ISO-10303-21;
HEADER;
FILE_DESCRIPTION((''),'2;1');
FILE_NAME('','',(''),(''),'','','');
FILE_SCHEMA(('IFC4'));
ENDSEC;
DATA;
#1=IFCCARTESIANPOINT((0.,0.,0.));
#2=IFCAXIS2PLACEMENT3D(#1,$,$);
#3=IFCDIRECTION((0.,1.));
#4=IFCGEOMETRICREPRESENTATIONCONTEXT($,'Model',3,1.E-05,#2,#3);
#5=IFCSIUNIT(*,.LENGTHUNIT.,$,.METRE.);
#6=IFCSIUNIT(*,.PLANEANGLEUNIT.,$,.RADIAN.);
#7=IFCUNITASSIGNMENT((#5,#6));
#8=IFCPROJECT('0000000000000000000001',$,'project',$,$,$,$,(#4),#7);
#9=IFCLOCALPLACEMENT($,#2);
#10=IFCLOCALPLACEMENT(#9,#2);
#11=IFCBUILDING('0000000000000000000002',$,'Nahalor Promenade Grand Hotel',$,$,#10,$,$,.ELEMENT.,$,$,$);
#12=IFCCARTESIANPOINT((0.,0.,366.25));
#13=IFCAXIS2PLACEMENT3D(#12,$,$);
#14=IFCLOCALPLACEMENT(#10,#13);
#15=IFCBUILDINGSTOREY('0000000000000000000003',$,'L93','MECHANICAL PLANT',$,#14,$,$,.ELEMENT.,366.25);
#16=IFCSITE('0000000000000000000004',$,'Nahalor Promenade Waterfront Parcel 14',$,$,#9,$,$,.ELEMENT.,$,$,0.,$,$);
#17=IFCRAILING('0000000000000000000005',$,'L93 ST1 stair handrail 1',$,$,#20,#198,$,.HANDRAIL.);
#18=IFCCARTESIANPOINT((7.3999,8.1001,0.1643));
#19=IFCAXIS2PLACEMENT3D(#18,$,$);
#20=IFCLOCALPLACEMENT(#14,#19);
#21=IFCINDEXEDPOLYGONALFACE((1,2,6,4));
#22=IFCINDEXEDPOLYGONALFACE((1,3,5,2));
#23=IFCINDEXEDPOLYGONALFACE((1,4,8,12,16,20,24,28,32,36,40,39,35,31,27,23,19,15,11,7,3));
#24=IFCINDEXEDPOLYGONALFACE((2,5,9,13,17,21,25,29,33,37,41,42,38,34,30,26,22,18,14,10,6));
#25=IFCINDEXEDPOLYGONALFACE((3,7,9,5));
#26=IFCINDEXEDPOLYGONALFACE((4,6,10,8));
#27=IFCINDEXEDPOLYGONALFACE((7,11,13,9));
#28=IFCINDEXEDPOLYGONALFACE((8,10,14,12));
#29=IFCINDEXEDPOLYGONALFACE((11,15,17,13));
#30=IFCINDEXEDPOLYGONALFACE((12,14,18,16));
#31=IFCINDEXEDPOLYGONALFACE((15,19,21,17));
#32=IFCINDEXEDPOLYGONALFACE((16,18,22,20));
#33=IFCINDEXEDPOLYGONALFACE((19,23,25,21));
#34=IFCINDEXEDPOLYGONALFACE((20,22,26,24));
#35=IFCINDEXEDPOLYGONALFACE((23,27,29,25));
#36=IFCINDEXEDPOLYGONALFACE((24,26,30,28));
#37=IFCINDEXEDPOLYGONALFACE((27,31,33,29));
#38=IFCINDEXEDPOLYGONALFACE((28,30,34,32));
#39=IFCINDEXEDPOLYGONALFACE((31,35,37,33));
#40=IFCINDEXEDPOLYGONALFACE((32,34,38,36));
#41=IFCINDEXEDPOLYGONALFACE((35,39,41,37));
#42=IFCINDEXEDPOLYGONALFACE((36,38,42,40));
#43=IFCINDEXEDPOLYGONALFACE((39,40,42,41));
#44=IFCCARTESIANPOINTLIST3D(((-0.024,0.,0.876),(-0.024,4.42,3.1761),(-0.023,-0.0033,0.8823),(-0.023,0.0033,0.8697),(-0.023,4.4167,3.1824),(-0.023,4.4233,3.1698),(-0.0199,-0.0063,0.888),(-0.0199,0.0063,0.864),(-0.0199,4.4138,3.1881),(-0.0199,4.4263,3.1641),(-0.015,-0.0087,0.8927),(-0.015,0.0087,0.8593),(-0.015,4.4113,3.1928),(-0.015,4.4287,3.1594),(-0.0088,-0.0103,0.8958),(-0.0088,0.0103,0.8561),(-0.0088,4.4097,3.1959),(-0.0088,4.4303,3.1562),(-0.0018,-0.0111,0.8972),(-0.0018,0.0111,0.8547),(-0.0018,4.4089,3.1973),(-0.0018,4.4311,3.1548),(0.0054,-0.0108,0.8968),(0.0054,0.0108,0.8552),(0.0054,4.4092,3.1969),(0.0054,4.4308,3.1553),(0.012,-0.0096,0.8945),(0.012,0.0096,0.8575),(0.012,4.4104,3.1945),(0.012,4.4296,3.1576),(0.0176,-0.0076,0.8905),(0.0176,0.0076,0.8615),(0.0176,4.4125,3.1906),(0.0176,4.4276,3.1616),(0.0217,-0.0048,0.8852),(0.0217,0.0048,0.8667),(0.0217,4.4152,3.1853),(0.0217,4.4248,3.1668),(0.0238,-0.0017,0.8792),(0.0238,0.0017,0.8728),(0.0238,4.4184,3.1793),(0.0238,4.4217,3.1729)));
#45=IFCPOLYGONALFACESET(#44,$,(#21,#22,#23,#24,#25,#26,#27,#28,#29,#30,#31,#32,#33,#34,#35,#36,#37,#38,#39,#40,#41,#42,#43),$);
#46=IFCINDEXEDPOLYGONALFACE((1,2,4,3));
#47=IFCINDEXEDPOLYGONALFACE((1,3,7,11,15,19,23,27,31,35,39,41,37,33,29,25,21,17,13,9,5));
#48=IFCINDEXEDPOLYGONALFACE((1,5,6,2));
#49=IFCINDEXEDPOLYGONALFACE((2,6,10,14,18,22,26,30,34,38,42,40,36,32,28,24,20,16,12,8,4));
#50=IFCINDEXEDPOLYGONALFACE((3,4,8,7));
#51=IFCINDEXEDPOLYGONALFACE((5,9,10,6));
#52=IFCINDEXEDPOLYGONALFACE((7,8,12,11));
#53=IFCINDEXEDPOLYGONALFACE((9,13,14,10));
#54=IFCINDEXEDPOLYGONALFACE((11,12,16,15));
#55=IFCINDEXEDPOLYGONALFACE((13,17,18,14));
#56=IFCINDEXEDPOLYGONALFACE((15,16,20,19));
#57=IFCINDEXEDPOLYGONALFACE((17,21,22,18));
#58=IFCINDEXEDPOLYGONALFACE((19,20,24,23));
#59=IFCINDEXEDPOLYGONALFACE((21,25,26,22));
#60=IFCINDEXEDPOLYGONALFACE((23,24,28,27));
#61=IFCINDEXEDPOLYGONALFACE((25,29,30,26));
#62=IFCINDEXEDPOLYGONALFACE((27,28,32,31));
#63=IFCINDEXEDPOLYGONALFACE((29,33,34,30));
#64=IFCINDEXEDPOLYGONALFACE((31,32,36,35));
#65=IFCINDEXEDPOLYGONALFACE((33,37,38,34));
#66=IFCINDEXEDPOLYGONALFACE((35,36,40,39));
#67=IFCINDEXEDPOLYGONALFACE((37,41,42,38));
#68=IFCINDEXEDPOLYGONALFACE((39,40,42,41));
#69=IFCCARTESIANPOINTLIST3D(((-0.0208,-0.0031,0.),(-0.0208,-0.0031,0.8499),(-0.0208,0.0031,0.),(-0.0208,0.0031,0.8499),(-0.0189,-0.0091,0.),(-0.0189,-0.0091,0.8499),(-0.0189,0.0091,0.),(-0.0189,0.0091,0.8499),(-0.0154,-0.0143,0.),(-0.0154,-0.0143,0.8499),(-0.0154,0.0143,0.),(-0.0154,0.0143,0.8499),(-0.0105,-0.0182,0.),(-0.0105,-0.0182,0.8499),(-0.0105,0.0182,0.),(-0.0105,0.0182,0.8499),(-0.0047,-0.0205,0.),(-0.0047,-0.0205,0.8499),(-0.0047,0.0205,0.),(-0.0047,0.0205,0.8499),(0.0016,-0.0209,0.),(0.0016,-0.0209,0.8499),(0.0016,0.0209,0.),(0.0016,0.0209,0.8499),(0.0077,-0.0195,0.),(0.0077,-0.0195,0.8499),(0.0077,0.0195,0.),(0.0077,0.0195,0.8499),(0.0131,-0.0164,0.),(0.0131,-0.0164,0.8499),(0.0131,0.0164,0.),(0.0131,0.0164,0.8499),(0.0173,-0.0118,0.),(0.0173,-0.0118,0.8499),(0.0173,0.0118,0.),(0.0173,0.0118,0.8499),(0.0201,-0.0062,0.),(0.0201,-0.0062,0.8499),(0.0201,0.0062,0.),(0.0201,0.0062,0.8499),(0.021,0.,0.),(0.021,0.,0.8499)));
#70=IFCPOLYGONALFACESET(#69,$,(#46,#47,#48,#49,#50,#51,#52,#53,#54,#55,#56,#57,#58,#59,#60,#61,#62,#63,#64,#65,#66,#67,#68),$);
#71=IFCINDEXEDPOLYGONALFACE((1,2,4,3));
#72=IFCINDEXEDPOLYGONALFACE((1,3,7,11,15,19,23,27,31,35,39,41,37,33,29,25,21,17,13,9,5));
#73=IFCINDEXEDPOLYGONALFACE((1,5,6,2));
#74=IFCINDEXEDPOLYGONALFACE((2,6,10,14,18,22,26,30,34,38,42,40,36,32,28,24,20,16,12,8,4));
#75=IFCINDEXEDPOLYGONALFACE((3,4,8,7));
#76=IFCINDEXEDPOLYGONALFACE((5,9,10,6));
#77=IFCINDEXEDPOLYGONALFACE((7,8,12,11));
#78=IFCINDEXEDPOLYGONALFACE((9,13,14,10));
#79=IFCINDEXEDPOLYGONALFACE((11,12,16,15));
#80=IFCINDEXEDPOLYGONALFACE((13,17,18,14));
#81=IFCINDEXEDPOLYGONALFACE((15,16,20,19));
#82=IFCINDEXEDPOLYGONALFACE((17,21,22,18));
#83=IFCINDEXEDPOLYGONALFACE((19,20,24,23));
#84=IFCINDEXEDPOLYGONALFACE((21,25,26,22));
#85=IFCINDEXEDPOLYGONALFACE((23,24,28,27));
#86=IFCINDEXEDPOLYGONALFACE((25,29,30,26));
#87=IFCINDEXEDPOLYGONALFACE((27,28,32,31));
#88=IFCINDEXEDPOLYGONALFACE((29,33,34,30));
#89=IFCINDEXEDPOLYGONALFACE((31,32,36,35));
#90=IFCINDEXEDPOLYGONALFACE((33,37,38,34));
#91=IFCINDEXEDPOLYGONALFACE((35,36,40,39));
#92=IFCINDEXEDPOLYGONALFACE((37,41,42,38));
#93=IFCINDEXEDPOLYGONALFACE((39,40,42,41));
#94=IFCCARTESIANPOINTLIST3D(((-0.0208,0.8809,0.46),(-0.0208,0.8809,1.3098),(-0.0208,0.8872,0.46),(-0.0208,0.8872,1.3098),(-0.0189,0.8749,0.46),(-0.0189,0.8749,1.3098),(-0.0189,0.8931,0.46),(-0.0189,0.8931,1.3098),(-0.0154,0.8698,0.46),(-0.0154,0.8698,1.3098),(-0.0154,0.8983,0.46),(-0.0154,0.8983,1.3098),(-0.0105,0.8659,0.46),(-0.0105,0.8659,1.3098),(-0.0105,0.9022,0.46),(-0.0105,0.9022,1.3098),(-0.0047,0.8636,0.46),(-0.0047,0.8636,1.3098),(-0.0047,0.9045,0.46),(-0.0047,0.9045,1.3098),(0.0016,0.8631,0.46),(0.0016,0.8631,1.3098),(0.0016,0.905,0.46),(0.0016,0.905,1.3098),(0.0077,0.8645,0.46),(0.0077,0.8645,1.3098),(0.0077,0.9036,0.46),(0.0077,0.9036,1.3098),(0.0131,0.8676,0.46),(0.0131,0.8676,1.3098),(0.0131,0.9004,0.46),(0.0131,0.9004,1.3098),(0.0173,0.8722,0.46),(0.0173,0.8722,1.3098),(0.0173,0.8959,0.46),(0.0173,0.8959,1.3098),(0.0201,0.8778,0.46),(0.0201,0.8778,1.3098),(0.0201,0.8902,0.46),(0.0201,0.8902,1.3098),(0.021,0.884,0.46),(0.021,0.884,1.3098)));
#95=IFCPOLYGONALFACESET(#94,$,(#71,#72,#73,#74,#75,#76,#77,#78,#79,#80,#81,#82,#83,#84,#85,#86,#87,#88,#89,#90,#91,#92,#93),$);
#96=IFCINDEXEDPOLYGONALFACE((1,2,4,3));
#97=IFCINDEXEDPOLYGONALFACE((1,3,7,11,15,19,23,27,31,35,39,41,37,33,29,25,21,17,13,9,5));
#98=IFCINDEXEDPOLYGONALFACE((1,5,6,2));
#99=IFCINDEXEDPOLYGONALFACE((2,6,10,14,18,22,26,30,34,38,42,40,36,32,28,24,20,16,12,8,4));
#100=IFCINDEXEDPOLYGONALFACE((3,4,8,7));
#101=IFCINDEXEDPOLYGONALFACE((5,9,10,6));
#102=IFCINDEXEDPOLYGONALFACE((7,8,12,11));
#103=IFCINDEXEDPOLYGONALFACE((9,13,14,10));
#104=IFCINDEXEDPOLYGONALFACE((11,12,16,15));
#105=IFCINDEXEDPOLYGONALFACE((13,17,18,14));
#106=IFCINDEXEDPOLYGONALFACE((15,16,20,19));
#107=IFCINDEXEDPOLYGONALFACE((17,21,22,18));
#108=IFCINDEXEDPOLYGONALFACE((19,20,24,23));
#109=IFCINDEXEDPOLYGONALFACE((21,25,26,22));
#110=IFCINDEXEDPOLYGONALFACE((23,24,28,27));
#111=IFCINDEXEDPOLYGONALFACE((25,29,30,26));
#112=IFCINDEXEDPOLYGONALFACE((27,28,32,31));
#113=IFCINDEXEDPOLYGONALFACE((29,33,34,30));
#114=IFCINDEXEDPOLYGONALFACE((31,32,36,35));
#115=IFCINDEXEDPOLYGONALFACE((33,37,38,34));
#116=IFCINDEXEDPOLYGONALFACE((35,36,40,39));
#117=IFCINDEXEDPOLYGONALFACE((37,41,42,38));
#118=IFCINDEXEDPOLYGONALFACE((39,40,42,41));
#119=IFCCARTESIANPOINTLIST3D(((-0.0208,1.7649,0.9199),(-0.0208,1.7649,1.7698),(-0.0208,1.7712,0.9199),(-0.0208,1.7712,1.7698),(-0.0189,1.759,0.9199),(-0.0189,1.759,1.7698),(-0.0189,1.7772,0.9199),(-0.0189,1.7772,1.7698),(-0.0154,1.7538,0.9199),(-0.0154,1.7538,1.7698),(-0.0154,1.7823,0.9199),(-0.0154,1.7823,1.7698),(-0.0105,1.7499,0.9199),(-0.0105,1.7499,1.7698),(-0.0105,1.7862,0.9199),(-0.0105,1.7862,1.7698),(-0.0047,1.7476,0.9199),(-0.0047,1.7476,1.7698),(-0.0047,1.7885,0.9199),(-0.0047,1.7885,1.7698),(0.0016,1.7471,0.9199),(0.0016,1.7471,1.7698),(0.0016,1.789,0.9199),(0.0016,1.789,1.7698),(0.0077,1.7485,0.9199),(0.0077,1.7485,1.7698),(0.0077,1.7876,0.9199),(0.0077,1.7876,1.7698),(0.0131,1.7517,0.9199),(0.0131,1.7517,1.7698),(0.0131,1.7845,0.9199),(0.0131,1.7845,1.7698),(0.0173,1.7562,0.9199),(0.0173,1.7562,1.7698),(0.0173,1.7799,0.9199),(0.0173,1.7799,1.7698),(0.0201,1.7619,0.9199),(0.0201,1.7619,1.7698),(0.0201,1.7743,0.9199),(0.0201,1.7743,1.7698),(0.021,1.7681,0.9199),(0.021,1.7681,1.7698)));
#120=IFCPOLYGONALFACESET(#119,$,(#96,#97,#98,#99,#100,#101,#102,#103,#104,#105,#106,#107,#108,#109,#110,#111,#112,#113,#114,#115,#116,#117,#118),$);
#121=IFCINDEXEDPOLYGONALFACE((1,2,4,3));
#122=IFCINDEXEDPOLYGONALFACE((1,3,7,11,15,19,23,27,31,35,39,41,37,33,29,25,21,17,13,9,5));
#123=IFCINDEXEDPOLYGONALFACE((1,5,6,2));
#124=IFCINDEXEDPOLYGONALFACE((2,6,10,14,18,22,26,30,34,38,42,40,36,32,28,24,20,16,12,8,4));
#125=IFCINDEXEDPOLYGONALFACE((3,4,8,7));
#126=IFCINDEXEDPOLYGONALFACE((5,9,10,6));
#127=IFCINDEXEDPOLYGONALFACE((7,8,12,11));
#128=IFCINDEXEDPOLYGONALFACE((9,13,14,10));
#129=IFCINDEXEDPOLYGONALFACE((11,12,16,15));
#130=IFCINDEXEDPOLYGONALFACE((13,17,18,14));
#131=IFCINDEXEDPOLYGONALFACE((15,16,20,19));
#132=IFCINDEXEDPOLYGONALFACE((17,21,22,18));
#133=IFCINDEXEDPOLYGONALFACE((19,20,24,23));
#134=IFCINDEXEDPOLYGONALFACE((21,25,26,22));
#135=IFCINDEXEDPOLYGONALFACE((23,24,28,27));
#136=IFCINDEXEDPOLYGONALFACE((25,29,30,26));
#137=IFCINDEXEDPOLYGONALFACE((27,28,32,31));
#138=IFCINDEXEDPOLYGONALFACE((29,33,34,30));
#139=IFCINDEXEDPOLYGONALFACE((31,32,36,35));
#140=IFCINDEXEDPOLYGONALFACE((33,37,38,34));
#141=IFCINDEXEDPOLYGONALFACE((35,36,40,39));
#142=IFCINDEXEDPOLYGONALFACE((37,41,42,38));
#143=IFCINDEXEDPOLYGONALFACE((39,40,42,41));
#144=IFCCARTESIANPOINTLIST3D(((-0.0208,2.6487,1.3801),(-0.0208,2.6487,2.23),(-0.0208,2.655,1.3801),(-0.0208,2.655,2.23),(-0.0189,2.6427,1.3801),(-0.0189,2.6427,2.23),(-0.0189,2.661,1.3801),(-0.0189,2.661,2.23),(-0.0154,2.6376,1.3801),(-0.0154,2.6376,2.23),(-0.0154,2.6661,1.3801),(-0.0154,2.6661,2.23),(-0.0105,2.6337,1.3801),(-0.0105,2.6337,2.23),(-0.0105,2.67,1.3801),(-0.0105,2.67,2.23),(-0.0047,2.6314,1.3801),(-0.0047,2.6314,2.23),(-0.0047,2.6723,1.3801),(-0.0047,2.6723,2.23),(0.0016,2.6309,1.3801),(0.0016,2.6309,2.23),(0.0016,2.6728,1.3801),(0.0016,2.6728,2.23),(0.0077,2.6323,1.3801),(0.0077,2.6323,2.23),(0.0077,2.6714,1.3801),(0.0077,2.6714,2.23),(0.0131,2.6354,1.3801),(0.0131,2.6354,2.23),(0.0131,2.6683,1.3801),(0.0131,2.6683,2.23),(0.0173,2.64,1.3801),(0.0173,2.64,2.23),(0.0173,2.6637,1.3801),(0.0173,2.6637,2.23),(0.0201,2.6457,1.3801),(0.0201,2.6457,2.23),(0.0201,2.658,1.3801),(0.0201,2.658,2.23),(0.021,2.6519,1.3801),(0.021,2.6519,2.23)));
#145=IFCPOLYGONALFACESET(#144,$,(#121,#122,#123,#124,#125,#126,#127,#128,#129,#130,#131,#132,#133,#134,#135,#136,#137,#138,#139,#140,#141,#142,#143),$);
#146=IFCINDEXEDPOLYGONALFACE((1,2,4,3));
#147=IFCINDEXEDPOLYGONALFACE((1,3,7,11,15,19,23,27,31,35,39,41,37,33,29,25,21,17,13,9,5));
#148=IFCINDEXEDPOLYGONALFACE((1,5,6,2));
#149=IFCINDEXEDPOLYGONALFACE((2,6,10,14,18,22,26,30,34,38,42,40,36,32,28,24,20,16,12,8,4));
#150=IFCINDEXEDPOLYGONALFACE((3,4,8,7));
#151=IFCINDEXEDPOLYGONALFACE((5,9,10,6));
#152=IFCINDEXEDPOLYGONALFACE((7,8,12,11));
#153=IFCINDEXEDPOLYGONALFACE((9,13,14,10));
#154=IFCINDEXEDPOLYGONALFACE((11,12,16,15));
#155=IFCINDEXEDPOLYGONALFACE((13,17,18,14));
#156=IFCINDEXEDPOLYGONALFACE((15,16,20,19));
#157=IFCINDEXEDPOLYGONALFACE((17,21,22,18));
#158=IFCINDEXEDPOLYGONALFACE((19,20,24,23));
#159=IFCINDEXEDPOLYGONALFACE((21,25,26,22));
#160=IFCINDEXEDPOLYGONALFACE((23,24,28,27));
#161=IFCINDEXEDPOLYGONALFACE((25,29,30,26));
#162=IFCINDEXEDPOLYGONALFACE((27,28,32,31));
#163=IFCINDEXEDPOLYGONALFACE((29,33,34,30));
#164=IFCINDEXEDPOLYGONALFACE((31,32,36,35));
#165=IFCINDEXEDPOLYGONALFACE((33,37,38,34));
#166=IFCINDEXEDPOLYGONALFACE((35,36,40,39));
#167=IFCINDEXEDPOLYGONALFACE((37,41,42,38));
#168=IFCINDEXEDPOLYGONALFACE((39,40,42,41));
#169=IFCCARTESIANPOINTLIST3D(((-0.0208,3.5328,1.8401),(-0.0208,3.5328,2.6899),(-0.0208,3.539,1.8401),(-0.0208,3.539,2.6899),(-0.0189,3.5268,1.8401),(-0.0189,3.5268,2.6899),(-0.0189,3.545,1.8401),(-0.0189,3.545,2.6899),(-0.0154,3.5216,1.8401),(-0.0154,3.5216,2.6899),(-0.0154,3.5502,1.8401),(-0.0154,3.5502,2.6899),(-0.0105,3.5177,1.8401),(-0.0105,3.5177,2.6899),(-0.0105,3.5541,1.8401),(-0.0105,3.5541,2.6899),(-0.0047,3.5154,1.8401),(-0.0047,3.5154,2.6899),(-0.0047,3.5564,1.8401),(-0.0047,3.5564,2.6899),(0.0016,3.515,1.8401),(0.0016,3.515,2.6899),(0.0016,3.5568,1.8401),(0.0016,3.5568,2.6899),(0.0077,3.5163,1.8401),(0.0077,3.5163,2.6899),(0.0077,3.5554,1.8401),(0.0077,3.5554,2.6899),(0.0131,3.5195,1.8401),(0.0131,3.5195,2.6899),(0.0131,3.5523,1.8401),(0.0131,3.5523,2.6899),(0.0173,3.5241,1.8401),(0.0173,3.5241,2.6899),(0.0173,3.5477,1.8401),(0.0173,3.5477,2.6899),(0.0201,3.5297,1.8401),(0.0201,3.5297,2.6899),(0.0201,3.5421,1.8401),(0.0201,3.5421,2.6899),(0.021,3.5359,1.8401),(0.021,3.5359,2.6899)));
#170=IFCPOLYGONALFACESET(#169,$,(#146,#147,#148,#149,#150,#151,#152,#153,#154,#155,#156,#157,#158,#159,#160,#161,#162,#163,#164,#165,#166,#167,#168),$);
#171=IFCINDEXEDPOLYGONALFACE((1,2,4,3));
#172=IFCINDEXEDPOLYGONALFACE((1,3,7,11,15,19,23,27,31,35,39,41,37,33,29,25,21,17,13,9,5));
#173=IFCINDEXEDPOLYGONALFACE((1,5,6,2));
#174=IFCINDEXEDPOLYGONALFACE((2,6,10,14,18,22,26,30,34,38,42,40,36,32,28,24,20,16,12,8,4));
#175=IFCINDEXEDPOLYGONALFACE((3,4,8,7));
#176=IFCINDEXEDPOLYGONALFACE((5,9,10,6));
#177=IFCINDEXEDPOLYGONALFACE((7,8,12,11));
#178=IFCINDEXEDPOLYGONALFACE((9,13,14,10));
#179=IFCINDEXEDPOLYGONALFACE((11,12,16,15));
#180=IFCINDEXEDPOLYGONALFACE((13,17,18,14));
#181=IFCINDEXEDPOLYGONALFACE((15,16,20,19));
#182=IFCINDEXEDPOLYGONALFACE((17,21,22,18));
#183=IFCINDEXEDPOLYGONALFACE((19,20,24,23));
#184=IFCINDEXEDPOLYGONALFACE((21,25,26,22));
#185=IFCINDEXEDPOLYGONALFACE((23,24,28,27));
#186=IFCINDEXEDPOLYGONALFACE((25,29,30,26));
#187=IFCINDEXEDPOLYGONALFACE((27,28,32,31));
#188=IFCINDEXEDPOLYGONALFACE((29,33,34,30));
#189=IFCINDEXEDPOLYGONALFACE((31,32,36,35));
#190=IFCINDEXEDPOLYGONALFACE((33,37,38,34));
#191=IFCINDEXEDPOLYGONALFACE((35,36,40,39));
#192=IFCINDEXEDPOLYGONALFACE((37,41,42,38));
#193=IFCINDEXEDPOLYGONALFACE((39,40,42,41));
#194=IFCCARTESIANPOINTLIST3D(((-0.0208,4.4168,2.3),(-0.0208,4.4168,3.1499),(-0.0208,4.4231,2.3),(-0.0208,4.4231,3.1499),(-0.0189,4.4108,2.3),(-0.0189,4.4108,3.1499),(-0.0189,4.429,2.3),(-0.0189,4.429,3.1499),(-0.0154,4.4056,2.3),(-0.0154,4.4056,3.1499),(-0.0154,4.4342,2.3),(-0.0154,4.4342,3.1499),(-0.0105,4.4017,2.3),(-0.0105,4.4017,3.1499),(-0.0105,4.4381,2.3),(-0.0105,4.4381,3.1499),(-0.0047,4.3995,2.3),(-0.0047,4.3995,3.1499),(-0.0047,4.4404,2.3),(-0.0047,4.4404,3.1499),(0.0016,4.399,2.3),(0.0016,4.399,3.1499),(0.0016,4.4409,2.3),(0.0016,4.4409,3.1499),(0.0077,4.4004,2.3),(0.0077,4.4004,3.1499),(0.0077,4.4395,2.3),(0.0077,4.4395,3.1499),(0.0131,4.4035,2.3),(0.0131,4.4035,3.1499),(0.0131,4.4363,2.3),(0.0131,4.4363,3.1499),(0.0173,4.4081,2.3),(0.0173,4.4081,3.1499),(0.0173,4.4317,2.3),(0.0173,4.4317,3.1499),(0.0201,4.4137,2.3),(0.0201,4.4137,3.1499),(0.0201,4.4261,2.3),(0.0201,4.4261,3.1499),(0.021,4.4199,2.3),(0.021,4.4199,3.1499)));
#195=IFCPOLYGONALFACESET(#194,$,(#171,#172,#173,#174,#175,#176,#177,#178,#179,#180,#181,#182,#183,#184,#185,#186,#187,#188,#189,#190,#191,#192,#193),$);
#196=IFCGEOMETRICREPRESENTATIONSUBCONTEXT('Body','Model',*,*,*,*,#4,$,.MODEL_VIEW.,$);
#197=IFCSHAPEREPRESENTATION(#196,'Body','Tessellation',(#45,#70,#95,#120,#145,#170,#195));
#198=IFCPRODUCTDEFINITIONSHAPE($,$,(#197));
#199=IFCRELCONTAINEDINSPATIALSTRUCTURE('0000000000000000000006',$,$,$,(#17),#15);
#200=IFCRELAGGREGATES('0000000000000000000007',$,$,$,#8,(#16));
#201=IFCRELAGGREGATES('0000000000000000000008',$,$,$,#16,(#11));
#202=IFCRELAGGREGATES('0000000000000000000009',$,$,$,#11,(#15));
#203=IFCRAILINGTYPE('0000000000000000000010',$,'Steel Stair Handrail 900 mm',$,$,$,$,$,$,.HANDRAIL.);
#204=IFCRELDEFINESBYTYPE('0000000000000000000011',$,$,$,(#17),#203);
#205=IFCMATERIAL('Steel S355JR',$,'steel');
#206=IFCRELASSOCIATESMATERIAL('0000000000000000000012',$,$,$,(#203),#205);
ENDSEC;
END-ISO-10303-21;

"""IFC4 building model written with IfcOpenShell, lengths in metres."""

from ifc_helpers import new_model, si_unit, direction, frame, origin, origin_2d, place, context, subcontext, project, spatial, circle, extrude, material, type_object, element, save


model = new_model("IFC4")

# Units and contexts
model_context = context("Model", 3, precision=1e-05, world=origin(), true_north=direction((0.0, 1.0)))
body_context = subcontext(model_context, "Body", "Model", "MODEL_VIEW")
ifc_project = project(units=[si_unit("LENGTHUNIT", "METRE"), si_unit("PLANEANGLEUNIT", "RADIAN")], contexts=[model_context])

# Site, building, storey
site_placement = place(None, origin())
site = spatial("IfcSite", under=ifc_project, at=site_placement, Name="Nahalor Promenade Waterfront Parcel 14", CompositionType="ELEMENT", RefElevation=0.0)
building_placement = place(site_placement, origin())
building = spatial("IfcBuilding", under=site, at=building_placement, Name="Nahalor Promenade Grand Hotel", CompositionType="ELEMENT")
storey_placement = place(building_placement, frame((0.0, 0.0, 366.25)))
storey = spatial("IfcBuildingStorey", under=building, at=storey_placement, Name="L93", Description="MECHANICAL PLANT", CompositionType="ELEMENT", Elevation=366.25)

# Shared definitions
ifc_material_1 = material(Name="Steel S355JR", Category="steel")

# Railing
railing_type_1 = type_object("IfcRailingType", Name="Steel Stair Handrail 900 mm", PredefinedType="HANDRAIL", material=ifc_material_1)
railing_1_placement = place(storey_placement, frame((7.3999, 8.1001, 0.1643)))
element("IfcRailing", 1, at=railing_1_placement, inside=storey, type_object=railing_type_1, Name="L93 ST1 stair handrail 1", PredefinedType="HANDRAIL", context=body_context, shape_type="SweptSolid", body=[
    extrude(circle(Radius=0.024, at=origin_2d()), frame((0.0, 0.0, 0.876), z_axis=(0.0, 0.887078, 0.46162), x_axis=(-1.0, 0.0, 0.0)), (0.0, 0.0, 1.0), 4.9827),
    extrude(circle(Radius=0.021, at=origin_2d()), origin(), (0.0, 0.0, 1.0), 0.8499),
    extrude(circle(Radius=0.021, at=origin_2d()), frame((0.0, 0.884, 0.46)), (0.0, 0.0, 1.0), 0.8499),
    extrude(circle(Radius=0.021, at=origin_2d()), frame((0.0, 1.7681, 0.9199)), (0.0, 0.0, 1.0), 0.8499),
    extrude(circle(Radius=0.021, at=origin_2d()), frame((0.0, 2.6519, 1.3801)), (0.0, 0.0, 1.0), 0.8499),
    extrude(circle(Radius=0.021, at=origin_2d()), frame((0.0, 3.5359, 1.8401)), (0.0, 0.0, 1.0), 0.8499),
    extrude(circle(Radius=0.021, at=origin_2d()), frame((0.0, 4.4199, 2.3)), (0.0, 0.0, 1.0), 0.8499),
])

save(model, "model.ifc")
